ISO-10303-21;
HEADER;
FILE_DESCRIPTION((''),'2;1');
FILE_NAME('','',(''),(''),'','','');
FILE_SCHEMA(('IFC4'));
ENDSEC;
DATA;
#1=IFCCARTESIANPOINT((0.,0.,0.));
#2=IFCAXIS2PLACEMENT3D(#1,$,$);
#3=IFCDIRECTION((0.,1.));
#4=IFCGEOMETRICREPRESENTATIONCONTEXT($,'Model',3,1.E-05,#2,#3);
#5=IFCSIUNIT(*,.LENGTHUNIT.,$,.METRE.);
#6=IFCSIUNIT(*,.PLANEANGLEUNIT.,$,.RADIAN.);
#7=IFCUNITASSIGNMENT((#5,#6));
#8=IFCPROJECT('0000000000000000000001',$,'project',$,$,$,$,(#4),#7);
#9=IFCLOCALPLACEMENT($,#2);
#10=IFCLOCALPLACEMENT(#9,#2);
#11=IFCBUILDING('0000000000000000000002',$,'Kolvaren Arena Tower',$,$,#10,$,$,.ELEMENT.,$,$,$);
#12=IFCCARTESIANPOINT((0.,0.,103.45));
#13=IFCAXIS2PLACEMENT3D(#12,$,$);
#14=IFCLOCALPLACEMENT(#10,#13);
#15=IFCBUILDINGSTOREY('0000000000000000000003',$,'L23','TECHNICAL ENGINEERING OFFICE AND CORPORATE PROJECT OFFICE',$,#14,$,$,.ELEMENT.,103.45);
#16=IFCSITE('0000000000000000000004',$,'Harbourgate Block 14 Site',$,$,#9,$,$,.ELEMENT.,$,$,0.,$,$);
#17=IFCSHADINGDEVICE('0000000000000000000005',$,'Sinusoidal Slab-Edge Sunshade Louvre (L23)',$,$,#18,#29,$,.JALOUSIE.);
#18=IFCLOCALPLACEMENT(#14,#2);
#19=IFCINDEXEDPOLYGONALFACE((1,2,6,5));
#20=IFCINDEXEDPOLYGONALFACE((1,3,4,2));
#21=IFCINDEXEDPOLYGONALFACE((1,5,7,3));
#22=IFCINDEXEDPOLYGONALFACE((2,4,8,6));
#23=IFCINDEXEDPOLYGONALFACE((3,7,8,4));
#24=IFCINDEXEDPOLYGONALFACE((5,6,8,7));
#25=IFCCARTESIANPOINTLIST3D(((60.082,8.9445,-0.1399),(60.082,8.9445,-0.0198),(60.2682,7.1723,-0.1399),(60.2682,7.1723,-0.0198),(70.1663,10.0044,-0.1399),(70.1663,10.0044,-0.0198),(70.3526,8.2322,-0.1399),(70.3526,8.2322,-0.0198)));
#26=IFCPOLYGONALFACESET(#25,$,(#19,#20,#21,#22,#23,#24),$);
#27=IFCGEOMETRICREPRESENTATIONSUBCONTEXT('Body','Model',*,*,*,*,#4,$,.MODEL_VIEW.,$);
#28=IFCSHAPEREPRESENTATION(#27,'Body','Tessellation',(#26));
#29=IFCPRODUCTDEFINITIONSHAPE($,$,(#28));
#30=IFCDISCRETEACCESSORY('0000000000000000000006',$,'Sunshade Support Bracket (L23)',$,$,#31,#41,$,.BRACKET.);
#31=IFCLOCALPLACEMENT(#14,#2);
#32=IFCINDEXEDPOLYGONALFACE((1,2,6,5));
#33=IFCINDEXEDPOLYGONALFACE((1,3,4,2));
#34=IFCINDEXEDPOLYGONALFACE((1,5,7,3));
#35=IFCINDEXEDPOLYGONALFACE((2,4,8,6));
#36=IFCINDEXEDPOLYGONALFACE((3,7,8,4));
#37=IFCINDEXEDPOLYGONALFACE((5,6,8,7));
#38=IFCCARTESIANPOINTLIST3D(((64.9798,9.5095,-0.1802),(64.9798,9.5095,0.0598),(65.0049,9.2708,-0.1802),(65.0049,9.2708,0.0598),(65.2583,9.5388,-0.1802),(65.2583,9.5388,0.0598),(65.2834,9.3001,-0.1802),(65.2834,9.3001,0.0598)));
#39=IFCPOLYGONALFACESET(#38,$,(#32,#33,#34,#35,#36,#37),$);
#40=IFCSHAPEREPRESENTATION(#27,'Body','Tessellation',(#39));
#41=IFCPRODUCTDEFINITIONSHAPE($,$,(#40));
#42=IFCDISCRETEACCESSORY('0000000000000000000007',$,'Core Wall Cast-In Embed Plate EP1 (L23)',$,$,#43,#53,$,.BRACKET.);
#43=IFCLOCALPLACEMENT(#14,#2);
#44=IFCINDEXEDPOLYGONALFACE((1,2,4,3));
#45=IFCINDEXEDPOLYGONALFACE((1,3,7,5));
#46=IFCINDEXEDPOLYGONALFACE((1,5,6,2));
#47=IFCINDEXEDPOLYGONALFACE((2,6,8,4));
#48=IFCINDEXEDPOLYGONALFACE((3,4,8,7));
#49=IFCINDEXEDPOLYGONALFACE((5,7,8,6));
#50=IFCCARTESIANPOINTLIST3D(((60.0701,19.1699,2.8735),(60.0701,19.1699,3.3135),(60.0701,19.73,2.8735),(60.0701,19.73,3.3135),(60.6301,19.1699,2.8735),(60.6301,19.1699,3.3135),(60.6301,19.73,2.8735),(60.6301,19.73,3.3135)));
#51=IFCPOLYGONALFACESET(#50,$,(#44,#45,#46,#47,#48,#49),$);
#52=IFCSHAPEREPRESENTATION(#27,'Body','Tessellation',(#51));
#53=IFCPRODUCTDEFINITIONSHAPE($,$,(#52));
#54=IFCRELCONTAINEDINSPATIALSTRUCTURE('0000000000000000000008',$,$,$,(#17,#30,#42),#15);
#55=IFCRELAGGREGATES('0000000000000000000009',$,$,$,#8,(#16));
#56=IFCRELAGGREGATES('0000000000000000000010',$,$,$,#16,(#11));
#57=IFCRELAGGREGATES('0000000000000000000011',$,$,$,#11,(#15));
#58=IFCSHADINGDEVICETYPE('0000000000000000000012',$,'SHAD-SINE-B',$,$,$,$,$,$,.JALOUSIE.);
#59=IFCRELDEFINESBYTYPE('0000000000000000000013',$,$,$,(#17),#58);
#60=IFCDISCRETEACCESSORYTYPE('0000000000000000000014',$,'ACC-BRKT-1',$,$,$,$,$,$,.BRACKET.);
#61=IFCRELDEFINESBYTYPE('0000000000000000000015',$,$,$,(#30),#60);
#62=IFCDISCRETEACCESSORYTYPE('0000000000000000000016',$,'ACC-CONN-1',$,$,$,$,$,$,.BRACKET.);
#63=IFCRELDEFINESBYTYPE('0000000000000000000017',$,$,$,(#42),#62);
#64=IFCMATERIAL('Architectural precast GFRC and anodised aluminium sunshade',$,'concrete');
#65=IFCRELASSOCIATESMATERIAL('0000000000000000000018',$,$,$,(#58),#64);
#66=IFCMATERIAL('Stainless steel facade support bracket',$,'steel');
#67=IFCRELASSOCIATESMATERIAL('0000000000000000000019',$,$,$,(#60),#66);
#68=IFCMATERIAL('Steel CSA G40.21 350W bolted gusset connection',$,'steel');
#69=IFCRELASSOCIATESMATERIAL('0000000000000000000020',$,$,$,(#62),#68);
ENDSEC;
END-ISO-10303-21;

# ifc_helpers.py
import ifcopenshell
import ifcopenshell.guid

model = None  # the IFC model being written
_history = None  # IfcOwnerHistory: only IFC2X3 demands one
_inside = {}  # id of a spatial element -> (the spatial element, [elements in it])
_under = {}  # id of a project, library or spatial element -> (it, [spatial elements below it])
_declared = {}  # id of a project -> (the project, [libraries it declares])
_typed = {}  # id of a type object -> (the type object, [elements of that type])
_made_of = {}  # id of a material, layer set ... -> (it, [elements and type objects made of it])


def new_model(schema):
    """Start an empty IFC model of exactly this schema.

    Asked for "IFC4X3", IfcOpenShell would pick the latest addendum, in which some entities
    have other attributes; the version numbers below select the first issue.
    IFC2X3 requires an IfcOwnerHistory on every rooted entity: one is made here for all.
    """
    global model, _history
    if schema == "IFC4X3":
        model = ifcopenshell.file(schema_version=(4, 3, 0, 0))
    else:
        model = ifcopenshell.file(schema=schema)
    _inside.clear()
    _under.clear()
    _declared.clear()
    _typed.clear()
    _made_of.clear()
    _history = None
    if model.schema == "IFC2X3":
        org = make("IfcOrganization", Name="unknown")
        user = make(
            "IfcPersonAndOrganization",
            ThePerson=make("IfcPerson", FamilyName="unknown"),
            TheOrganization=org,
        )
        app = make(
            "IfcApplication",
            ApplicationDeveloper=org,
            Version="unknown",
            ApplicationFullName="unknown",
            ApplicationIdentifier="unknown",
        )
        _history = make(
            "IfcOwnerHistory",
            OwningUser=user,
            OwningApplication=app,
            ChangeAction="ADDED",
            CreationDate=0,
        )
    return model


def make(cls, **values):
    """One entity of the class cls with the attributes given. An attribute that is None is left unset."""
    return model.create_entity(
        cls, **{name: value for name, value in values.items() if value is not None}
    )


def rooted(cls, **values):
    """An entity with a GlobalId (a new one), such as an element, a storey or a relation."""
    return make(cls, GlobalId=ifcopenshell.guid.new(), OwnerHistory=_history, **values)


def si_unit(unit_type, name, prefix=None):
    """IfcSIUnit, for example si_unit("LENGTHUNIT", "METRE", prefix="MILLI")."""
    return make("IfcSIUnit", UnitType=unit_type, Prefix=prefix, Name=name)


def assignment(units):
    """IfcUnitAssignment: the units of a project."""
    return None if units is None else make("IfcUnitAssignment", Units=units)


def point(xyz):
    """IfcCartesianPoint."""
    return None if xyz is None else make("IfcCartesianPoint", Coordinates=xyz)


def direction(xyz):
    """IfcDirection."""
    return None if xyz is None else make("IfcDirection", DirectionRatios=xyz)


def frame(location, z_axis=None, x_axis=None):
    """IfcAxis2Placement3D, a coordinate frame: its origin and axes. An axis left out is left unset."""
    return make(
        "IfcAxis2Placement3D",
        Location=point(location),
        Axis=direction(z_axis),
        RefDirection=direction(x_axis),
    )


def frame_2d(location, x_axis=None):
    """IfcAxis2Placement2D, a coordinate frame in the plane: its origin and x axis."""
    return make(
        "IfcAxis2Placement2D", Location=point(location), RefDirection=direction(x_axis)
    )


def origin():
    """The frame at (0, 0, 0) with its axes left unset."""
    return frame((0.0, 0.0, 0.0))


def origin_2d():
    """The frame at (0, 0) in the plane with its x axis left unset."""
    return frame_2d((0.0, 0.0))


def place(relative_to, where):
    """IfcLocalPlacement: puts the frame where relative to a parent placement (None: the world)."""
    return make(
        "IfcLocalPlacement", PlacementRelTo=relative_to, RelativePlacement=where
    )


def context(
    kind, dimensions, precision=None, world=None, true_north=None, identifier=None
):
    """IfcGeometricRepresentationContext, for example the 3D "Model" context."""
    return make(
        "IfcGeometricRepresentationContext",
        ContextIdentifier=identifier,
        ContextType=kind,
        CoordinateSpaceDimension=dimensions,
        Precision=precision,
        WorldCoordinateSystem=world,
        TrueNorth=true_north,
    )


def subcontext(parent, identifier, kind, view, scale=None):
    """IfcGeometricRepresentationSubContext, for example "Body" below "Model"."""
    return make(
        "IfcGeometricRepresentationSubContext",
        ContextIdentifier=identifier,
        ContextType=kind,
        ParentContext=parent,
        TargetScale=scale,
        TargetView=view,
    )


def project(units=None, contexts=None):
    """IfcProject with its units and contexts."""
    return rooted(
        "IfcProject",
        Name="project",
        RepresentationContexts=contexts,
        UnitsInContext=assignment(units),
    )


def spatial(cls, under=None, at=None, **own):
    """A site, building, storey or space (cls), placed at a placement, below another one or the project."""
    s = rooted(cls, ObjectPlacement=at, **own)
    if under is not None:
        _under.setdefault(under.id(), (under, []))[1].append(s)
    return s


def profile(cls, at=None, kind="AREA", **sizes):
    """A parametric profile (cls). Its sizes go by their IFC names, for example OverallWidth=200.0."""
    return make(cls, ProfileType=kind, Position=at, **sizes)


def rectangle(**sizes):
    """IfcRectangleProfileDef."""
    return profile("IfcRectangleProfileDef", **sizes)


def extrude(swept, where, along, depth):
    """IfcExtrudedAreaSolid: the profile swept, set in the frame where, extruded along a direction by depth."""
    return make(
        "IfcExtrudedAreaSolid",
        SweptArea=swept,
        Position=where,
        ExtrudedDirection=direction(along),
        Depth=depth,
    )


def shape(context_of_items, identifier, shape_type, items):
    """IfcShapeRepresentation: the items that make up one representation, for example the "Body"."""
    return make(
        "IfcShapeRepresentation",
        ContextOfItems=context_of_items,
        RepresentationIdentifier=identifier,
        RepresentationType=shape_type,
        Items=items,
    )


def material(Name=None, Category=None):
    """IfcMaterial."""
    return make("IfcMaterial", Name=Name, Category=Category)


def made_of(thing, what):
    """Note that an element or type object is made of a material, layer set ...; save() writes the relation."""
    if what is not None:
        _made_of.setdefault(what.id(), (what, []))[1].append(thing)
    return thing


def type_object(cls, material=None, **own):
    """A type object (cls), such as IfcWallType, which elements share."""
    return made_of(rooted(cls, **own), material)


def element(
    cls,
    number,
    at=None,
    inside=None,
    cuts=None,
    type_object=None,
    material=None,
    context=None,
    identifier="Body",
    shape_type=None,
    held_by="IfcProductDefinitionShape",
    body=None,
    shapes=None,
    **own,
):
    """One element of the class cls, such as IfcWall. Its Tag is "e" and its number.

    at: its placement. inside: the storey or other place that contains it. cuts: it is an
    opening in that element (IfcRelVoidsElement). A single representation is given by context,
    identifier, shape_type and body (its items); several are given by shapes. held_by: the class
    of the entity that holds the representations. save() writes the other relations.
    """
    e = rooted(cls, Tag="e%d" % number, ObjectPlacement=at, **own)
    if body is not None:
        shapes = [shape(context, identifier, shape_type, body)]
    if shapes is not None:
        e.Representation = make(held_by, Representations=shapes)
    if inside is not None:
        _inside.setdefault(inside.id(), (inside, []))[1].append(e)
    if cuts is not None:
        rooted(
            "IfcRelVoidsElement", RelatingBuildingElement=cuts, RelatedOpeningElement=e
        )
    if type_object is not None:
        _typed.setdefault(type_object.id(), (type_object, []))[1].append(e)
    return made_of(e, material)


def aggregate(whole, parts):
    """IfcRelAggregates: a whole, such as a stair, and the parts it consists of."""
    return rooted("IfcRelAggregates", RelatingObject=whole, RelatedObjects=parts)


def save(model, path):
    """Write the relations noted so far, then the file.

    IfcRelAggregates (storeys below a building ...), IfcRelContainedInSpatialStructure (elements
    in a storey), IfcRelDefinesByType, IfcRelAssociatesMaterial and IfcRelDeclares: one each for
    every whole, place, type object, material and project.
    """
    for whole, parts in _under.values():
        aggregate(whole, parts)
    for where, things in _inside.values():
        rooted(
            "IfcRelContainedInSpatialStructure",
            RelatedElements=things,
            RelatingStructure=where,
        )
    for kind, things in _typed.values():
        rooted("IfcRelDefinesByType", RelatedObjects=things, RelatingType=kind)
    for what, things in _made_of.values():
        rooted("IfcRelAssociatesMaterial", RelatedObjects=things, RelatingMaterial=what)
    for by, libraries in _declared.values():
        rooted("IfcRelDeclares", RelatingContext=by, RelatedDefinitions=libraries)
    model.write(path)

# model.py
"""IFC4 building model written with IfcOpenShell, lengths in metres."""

from ifc_helpers import new_model, si_unit, direction, frame, origin, origin_2d, place, context, subcontext, project, spatial, rectangle, extrude, material, type_object, element, save


model = new_model("IFC4")

# Units and contexts
model_context = context("Model", 3, precision=1e-05, world=origin(), true_north=direction((0.0, 1.0)))
body_context = subcontext(model_context, "Body", "Model", "MODEL_VIEW")
ifc_project = project(units=[si_unit("LENGTHUNIT", "METRE"), si_unit("PLANEANGLEUNIT", "RADIAN")], contexts=[model_context])

# Site, building, storey
site_placement = place(None, origin())
site = spatial("IfcSite", under=ifc_project, at=site_placement, Name="Harbourgate Block 14 Site", CompositionType="ELEMENT", RefElevation=0.0)
building_placement = place(site_placement, origin())
building = spatial("IfcBuilding", under=site, at=building_placement, Name="Kolvaren Arena Tower", CompositionType="ELEMENT")
storey_placement = place(building_placement, frame((0.0, 0.0, 103.45)))
storey = spatial("IfcBuildingStorey", under=building, at=storey_placement, Name="L23", Description="TECHNICAL ENGINEERING OFFICE AND CORPORATE PROJECT OFFICE", CompositionType="ELEMENT", Elevation=103.45)

# Shading device
ifc_material_1 = material(Name="Architectural precast GFRC and anodised aluminium sunshade", Category="concrete")
shading_device_type = type_object("IfcShadingDeviceType", Name="SHAD-SINE-B", PredefinedType="JALOUSIE", material=ifc_material_1)
shading_device_placement = place(storey_placement, frame((65.2173, 8.5884, -0.1399), z_axis=(0.0, 0.0, 1.0), x_axis=(-0.994522, -0.104527, 0.0)))
element("IfcShadingDevice", 1, at=shading_device_placement, inside=storey, type_object=shading_device_type, Name="Sinusoidal Slab-Edge Sunshade Louvre (L23)", PredefinedType="JALOUSIE", context=body_context, shape_type="SweptSolid", body=[
    extrude(rectangle(XDim=10.1399, YDim=1.782, at=origin_2d()), origin(), (0.0, 0.0, 1.0), 0.1201),
])

# Discrete accessories
ifc_material_2 = material(Name="Stainless steel facade support bracket", Category="steel")
discrete_accessory_type_1 = type_object("IfcDiscreteAccessoryType", Name="ACC-BRKT-1", PredefinedType="BRACKET", material=ifc_material_2)
discrete_accessory_1_placement = place(storey_placement, frame((65.1316, 9.4048, -0.1802), z_axis=(0.0, 0.0, 1.0), x_axis=(-0.994522, -0.104527, 0.0)))
element("IfcDiscreteAccessory", 2, at=discrete_accessory_1_placement, inside=storey, type_object=discrete_accessory_type_1, Name="Sunshade Support Bracket (L23)", PredefinedType="BRACKET", context=body_context, shape_type="SweptSolid", body=[
    extrude(rectangle(XDim=0.28, YDim=0.24, at=origin_2d()), origin(), (0.0, 0.0, 1.0), 0.24),
])
ifc_material_3 = material(Name="Steel CSA G40.21 350W bolted gusset connection", Category="steel")
discrete_accessory_type_2 = type_object("IfcDiscreteAccessoryType", Name="ACC-CONN-1", PredefinedType="BRACKET", material=ifc_material_3)
discrete_accessory_2_placement = place(storey_placement, frame((60.3501, 19.45, 2.8735), z_axis=(0.0, 0.0, 1.0), x_axis=(1.0, 0.0, 0.0)))
element("IfcDiscreteAccessory", 3, at=discrete_accessory_2_placement, inside=storey, type_object=discrete_accessory_type_2, Name="Core Wall Cast-In Embed Plate EP1 (L23)", PredefinedType="BRACKET", context=body_context, shape_type="SweptSolid", body=[
    extrude(rectangle(XDim=0.5601, YDim=0.5601, at=origin_2d()), origin(), (0.0, 0.0, 1.0), 0.4399),
])

save(model, "model.ifc")
